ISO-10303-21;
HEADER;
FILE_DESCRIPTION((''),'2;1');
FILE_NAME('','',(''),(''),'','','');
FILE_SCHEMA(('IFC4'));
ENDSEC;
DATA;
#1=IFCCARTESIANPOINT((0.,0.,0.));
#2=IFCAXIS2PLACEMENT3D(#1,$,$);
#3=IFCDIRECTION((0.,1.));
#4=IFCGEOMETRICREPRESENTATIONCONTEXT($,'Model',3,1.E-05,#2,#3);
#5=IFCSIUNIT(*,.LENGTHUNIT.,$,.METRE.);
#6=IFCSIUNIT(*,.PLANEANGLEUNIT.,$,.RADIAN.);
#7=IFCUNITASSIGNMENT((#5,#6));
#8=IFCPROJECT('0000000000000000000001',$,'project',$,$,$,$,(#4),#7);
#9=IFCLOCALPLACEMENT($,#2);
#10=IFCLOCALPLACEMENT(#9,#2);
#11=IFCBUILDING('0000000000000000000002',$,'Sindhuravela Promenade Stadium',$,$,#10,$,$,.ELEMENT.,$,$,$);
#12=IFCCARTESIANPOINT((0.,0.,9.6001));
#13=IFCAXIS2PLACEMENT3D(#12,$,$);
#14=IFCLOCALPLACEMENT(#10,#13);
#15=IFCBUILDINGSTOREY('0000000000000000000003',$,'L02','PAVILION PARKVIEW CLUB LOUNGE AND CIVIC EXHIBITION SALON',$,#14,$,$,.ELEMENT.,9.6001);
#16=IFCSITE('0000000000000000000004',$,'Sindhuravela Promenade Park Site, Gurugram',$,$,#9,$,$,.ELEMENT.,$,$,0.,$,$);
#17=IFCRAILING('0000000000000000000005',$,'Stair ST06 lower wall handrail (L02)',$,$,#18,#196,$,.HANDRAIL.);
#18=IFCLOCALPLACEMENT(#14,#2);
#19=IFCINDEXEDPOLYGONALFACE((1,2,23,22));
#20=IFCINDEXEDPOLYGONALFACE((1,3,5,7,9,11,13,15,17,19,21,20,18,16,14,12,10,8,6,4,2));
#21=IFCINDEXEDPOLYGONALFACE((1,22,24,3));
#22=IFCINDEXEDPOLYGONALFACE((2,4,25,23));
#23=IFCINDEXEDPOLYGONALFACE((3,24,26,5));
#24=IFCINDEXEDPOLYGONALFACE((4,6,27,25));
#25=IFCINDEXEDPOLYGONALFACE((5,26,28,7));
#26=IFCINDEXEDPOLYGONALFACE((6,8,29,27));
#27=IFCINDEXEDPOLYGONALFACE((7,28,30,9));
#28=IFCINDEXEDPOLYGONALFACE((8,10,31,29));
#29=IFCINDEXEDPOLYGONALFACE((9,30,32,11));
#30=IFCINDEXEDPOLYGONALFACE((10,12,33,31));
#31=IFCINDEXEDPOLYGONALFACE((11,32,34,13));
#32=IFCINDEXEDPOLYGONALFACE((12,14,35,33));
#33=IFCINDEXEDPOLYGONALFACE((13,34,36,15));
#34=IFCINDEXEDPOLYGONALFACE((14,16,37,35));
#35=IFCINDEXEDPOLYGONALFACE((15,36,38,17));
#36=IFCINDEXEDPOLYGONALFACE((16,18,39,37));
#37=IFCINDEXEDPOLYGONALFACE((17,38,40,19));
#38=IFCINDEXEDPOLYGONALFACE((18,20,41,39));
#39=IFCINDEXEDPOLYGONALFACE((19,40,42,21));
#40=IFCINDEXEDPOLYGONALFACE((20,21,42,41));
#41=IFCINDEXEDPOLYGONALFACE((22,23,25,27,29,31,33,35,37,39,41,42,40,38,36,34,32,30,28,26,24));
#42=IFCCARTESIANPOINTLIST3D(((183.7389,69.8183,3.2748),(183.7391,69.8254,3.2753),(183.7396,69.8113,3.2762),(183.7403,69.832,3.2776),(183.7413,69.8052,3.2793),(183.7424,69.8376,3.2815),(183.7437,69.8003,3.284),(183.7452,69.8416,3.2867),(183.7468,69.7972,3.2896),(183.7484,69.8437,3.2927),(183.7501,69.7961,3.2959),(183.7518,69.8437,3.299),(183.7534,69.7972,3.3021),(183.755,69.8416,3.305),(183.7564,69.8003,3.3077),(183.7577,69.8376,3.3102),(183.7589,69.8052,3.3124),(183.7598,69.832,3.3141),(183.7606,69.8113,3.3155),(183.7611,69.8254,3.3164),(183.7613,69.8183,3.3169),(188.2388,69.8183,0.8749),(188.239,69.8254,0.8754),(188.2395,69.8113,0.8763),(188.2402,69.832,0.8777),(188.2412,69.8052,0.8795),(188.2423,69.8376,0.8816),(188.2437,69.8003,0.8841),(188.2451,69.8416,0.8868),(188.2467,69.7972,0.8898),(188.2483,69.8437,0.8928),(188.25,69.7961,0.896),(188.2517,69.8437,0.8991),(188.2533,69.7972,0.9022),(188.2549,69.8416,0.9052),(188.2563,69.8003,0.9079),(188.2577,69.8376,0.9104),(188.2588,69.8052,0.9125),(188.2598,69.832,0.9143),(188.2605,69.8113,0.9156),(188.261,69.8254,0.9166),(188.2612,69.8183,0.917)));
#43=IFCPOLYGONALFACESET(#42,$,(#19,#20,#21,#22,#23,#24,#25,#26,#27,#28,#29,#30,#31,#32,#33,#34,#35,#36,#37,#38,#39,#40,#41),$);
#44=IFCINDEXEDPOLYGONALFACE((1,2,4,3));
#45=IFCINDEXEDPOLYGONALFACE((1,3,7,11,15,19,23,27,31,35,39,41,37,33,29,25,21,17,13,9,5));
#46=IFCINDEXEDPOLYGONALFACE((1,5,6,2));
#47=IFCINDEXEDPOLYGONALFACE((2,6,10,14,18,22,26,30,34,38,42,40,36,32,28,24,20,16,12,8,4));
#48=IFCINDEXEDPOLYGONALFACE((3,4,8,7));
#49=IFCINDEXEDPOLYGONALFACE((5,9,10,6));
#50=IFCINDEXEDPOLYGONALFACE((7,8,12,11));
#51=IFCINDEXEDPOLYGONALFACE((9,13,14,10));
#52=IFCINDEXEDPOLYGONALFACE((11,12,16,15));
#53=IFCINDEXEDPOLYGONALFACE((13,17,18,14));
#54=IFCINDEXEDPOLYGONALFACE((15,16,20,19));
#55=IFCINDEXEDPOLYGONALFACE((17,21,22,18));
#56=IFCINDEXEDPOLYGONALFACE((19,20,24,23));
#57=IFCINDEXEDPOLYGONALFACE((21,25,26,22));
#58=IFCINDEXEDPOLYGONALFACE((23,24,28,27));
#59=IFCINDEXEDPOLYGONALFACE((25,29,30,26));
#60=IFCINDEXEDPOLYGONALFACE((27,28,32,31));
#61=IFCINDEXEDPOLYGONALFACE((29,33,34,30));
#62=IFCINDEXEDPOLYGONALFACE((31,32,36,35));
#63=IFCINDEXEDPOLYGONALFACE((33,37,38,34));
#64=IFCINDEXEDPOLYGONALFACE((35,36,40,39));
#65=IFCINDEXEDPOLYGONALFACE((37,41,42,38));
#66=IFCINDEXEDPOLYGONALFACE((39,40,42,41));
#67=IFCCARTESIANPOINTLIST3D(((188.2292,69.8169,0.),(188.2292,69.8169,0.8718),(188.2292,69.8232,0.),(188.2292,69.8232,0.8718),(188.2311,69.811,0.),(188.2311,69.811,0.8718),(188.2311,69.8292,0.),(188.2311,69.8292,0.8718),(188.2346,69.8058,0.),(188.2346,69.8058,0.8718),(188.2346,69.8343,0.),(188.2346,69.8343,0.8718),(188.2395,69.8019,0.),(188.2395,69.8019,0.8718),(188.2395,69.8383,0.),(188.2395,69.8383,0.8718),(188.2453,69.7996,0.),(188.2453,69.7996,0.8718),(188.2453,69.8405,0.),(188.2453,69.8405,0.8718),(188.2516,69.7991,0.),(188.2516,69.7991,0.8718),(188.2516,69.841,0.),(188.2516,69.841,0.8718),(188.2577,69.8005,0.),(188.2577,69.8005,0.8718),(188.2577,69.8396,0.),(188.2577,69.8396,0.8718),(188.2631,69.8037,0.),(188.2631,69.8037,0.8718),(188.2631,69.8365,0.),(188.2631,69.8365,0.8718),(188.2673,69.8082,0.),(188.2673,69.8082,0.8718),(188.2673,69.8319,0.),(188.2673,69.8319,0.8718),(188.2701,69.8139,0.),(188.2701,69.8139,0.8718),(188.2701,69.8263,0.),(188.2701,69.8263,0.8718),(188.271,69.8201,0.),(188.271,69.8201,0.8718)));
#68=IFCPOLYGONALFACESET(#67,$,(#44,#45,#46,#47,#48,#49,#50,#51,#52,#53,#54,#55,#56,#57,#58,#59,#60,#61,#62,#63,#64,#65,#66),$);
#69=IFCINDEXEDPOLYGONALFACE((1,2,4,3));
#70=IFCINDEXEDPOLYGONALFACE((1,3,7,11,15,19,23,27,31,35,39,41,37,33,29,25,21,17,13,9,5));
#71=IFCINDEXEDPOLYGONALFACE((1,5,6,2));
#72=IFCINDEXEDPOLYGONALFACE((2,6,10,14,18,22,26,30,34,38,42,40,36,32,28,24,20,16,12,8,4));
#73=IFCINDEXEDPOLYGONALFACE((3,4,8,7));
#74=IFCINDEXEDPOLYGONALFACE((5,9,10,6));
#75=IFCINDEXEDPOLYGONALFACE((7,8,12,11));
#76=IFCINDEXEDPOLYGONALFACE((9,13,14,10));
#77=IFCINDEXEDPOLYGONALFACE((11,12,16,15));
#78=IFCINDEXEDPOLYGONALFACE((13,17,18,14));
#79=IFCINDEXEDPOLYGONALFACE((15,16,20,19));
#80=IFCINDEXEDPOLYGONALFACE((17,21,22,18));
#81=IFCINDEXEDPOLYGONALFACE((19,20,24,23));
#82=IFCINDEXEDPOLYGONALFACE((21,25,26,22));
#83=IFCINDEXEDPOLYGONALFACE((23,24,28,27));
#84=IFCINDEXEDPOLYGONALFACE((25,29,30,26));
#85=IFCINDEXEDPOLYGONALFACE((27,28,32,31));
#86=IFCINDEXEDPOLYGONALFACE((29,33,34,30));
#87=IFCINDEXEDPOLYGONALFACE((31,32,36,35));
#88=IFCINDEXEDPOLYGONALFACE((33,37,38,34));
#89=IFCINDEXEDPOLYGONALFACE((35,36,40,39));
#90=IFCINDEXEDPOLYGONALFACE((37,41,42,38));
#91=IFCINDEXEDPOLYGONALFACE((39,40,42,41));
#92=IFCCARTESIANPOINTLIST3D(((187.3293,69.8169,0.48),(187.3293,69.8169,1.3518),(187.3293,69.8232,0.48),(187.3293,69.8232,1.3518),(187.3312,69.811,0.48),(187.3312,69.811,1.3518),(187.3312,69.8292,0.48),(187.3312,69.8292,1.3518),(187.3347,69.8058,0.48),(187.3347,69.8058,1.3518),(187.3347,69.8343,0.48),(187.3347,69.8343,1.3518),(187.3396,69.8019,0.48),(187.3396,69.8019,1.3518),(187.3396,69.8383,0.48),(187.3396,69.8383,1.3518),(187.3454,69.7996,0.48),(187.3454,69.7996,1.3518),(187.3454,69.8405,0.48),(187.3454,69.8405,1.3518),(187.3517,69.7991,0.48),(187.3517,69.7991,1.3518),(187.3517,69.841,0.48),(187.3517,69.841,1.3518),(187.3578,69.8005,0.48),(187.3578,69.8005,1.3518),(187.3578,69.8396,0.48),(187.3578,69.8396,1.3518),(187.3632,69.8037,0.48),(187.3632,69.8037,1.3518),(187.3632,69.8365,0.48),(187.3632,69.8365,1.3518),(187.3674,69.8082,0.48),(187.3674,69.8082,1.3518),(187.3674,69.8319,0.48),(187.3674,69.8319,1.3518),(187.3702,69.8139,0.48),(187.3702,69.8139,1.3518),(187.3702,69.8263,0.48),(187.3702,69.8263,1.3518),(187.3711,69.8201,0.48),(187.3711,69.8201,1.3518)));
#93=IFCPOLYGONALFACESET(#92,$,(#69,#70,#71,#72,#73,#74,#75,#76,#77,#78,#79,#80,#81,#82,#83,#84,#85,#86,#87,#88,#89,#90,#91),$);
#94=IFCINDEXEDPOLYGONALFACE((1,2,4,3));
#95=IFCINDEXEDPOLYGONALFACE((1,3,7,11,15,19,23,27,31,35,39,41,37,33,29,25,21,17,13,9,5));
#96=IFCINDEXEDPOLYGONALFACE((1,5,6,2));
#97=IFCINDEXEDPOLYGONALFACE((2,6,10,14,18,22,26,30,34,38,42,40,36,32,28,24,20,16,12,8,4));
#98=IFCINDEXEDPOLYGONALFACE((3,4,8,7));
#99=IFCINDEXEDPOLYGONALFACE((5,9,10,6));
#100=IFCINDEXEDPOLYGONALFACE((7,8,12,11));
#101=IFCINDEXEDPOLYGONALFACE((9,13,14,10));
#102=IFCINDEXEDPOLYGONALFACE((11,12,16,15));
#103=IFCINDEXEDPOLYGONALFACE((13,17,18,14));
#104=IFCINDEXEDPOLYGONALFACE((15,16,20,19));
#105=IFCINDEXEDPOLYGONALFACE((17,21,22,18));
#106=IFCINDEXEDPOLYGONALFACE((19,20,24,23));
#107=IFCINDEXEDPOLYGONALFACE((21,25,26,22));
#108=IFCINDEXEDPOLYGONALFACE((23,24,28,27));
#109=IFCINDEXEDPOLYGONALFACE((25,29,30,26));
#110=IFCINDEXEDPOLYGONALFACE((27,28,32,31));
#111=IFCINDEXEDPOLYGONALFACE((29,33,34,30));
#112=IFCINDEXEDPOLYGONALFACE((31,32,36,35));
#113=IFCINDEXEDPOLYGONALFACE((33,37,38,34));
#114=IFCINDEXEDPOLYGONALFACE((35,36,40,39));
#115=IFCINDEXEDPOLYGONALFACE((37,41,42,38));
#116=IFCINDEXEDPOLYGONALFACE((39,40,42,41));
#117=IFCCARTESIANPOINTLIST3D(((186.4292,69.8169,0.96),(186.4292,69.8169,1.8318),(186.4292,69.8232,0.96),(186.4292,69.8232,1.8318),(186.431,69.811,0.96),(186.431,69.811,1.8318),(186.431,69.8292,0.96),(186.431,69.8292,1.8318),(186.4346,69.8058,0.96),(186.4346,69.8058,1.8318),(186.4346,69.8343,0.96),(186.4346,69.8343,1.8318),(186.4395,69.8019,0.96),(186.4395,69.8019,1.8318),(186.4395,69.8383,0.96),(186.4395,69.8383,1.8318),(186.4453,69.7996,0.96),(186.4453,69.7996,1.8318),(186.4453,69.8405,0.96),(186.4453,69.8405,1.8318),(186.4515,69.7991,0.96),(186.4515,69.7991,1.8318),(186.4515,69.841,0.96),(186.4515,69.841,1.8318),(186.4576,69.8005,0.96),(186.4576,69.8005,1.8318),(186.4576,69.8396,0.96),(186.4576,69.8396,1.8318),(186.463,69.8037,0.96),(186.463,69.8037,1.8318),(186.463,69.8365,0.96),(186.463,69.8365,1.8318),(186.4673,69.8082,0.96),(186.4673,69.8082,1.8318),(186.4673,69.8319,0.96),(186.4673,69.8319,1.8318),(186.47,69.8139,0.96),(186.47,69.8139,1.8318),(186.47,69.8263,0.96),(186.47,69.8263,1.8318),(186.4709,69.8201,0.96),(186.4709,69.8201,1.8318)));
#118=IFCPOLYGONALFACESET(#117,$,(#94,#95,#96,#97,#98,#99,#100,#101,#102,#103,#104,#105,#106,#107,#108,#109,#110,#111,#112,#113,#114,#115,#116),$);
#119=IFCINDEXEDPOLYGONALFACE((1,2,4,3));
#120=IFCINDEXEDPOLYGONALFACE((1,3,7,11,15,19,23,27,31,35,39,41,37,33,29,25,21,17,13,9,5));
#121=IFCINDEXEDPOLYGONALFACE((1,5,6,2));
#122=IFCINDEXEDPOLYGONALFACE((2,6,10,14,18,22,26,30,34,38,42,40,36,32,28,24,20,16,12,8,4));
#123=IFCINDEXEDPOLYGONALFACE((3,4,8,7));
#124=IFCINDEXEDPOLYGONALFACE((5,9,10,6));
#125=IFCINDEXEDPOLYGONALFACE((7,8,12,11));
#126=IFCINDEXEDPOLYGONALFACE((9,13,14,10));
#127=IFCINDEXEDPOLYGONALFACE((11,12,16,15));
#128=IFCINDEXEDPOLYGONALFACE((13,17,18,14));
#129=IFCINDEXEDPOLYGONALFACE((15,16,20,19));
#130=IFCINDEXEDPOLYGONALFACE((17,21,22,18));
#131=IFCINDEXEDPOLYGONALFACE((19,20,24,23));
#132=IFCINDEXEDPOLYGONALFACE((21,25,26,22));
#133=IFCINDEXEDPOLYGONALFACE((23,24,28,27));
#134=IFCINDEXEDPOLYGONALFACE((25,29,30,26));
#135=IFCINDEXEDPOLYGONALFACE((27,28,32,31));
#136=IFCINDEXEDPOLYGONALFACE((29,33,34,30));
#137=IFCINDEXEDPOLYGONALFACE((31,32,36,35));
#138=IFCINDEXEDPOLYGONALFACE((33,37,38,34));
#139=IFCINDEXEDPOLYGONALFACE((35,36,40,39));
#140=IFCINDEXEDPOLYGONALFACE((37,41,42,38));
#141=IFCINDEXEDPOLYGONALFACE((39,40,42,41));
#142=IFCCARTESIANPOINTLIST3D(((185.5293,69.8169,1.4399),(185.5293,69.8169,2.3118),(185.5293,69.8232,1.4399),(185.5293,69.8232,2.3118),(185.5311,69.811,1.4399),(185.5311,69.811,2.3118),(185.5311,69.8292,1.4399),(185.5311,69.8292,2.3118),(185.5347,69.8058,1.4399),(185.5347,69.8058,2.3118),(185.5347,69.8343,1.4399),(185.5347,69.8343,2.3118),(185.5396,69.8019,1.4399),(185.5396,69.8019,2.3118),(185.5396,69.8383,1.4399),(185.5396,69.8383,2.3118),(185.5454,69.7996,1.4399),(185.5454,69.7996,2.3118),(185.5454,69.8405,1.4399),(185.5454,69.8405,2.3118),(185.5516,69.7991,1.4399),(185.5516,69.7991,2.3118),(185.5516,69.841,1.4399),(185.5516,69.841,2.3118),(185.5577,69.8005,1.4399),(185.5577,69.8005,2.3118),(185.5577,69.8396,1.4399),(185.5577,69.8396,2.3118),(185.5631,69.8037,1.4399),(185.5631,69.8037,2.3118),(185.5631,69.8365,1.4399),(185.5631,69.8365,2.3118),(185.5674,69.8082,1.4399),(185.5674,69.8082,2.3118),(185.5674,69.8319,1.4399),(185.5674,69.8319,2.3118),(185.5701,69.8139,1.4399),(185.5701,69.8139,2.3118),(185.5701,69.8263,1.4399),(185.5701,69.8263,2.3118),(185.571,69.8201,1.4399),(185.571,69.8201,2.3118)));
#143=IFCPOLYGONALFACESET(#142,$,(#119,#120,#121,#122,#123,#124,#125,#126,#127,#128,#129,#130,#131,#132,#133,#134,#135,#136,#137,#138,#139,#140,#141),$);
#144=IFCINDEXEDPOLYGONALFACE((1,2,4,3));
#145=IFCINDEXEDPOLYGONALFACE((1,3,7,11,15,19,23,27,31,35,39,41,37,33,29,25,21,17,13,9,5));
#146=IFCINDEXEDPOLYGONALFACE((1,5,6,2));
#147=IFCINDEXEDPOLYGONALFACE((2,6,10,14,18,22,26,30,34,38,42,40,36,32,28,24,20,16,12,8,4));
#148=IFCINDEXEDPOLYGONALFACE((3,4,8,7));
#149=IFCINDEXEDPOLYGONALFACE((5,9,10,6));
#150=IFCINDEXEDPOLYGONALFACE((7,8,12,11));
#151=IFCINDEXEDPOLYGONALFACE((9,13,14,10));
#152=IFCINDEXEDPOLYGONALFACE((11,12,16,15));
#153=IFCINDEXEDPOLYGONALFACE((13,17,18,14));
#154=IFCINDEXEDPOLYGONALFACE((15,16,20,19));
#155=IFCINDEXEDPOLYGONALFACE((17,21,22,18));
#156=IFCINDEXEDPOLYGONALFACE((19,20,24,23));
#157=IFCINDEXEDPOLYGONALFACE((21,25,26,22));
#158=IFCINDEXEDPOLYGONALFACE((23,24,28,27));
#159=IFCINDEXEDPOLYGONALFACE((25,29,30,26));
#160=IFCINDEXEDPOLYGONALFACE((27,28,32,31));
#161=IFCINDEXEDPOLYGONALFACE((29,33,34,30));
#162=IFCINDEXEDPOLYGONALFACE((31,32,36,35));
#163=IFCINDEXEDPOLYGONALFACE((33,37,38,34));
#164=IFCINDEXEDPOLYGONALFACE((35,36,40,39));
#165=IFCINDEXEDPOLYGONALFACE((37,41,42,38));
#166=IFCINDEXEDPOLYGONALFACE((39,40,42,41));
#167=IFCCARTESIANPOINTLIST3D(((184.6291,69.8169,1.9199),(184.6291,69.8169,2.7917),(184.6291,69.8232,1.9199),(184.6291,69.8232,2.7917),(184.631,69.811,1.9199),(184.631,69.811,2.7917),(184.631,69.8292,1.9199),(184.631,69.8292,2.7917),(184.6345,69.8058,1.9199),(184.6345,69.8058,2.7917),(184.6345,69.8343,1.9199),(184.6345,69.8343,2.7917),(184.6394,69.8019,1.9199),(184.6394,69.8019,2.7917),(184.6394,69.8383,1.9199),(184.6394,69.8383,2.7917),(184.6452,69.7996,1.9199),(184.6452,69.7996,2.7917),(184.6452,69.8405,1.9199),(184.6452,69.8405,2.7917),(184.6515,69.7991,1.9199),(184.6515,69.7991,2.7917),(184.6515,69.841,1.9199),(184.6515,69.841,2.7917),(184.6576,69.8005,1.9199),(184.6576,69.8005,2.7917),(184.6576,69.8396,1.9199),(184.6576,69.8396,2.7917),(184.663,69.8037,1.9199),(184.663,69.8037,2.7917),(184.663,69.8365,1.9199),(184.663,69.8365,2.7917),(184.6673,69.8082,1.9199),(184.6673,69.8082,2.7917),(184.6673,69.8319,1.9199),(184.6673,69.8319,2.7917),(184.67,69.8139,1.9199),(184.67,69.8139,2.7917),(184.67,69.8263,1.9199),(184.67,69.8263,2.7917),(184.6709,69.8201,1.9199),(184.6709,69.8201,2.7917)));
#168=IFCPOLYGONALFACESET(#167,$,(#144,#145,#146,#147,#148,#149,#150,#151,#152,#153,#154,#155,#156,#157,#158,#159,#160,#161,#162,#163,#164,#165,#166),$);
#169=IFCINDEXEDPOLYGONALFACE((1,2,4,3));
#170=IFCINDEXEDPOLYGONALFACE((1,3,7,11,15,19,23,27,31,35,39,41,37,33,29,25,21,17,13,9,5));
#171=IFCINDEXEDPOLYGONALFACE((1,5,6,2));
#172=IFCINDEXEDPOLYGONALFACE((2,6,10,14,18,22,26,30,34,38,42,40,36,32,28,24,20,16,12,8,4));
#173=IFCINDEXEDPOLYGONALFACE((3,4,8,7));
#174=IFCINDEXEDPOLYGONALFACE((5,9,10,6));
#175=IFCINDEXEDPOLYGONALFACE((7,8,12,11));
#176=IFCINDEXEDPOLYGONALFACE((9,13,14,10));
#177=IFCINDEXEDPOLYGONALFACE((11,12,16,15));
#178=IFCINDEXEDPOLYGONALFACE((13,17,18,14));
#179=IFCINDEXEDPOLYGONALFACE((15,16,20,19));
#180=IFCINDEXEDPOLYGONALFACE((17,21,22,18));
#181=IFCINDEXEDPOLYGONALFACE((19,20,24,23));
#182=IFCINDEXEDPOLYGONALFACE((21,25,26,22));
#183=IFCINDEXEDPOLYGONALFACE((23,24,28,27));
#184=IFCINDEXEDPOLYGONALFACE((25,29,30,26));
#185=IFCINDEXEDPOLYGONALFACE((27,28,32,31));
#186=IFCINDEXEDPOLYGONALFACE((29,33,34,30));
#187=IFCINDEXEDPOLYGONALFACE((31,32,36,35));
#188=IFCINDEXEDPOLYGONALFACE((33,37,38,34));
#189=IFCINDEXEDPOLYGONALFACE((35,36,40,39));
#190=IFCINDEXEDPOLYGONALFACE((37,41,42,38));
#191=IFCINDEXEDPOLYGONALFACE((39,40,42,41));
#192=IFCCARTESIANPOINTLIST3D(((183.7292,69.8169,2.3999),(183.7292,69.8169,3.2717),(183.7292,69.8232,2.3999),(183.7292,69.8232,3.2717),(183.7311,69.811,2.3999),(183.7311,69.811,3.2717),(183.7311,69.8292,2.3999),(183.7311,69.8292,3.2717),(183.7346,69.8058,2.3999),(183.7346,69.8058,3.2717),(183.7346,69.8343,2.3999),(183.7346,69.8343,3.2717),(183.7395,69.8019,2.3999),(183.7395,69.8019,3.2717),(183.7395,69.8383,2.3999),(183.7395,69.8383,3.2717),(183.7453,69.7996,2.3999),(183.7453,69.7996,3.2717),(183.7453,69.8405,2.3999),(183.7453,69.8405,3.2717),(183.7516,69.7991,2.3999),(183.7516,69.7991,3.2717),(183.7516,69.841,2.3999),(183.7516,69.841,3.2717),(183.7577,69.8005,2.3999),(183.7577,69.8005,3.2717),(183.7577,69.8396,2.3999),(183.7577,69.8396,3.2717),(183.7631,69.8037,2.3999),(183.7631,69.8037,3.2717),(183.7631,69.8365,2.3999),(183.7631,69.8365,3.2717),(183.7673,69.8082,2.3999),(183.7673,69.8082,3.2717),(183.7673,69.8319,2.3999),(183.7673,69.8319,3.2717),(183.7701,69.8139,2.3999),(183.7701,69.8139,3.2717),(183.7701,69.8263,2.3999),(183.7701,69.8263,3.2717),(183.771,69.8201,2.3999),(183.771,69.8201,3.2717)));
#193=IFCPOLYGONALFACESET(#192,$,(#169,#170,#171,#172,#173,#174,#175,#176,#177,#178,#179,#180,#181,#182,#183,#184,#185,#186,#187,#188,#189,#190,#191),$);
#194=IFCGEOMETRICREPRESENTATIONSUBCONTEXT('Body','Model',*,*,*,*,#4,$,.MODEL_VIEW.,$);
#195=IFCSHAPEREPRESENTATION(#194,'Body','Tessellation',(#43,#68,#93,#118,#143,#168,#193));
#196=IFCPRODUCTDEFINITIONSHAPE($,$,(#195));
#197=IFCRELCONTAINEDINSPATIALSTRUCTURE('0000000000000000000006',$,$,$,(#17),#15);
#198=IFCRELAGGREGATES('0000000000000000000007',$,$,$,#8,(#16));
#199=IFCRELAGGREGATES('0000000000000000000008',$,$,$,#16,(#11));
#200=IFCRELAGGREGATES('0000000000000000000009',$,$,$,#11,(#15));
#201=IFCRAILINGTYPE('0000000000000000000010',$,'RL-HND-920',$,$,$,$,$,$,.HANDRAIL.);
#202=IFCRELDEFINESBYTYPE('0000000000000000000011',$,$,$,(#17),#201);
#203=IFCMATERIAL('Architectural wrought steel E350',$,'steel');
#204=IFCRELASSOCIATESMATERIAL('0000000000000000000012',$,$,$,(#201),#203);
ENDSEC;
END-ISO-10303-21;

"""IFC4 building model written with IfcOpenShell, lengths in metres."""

from ifc_helpers import new_model, si_unit, direction, frame, origin, origin_2d, place, context, subcontext, project, spatial, circle, extrude, material, type_object, element, save


model = new_model("IFC4")

# Units and contexts
model_context = context("Model", 3, precision=1e-05, world=origin(), true_north=direction((0.0, 1.0)))
body_context = subcontext(model_context, "Body", "Model", "MODEL_VIEW")
ifc_project = project(units=[si_unit("LENGTHUNIT", "METRE"), si_unit("PLANEANGLEUNIT", "RADIAN")], contexts=[model_context])

# Site, building, storey
site_placement = place(None, origin())
site = spatial("IfcSite", under=ifc_project, at=site_placement, Name="Sindhuravela Promenade Park Site, Gurugram", CompositionType="ELEMENT", RefElevation=0.0)
building_placement = place(site_placement, origin())
building = spatial("IfcBuilding", under=site, at=building_placement, Name="Sindhuravela Promenade Stadium", CompositionType="ELEMENT")
storey_placement = place(building_placement, frame((0.0, 0.0, 9.6001)))
storey = spatial("IfcBuildingStorey", under=building, at=storey_placement, Name="L02", Description="PAVILION PARKVIEW CLUB LOUNGE AND CIVIC EXHIBITION SALON", CompositionType="ELEMENT", Elevation=9.6001)

# Railing
ifc_material_1 = material(Name="Architectural wrought steel E350", Category="steel")
railing_type_1 = type_object("IfcRailingType", Name="RL-HND-920", PredefinedType="HANDRAIL", material=ifc_material_1)
railing_1_placement = place(storey_placement, frame((188.25, 69.8201, 0.0)))
element("IfcRailing", 1, at=railing_1_placement, inside=storey, type_object=railing_type_1, Name="Stair ST06 lower wall handrail (L02)", PredefinedType="HANDRAIL", context=body_context, shape_type="SweptSolid", body=[
    extrude(circle(Radius=0.0239, at=origin_2d()), frame((0.0, 0.0, 0.896), z_axis=(-0.882361, 0.0, 0.470573), x_axis=(0.0, -1.0, 0.0)), (0.0, 0.0, 1.0), 5.0999),
    extrude(circle(Radius=0.021, at=origin_2d()), origin(), (0.0, 0.0, 1.0), 0.8718),
    extrude(circle(Radius=0.021, at=origin_2d()), frame((-0.8999, 0.0, 0.48)), (0.0, 0.0, 1.0), 0.8718),
    extrude(circle(Radius=0.021, at=origin_2d()), frame((-1.8, 0.0, 0.96)), (0.0, 0.0, 1.0), 0.8718),
    extrude(circle(Radius=0.021, at=origin_2d()), frame((-2.7, 0.0, 1.4399)), (0.0, 0.0, 1.0), 0.8718),
    extrude(circle(Radius=0.021, at=origin_2d()), frame((-3.6001, 0.0, 1.9199)), (0.0, 0.0, 1.0), 0.8718),
    extrude(circle(Radius=0.021, at=origin_2d()), frame((-4.5, 0.0, 2.3999)), (0.0, 0.0, 1.0), 0.8718),
])

save(model, "model.ifc")
